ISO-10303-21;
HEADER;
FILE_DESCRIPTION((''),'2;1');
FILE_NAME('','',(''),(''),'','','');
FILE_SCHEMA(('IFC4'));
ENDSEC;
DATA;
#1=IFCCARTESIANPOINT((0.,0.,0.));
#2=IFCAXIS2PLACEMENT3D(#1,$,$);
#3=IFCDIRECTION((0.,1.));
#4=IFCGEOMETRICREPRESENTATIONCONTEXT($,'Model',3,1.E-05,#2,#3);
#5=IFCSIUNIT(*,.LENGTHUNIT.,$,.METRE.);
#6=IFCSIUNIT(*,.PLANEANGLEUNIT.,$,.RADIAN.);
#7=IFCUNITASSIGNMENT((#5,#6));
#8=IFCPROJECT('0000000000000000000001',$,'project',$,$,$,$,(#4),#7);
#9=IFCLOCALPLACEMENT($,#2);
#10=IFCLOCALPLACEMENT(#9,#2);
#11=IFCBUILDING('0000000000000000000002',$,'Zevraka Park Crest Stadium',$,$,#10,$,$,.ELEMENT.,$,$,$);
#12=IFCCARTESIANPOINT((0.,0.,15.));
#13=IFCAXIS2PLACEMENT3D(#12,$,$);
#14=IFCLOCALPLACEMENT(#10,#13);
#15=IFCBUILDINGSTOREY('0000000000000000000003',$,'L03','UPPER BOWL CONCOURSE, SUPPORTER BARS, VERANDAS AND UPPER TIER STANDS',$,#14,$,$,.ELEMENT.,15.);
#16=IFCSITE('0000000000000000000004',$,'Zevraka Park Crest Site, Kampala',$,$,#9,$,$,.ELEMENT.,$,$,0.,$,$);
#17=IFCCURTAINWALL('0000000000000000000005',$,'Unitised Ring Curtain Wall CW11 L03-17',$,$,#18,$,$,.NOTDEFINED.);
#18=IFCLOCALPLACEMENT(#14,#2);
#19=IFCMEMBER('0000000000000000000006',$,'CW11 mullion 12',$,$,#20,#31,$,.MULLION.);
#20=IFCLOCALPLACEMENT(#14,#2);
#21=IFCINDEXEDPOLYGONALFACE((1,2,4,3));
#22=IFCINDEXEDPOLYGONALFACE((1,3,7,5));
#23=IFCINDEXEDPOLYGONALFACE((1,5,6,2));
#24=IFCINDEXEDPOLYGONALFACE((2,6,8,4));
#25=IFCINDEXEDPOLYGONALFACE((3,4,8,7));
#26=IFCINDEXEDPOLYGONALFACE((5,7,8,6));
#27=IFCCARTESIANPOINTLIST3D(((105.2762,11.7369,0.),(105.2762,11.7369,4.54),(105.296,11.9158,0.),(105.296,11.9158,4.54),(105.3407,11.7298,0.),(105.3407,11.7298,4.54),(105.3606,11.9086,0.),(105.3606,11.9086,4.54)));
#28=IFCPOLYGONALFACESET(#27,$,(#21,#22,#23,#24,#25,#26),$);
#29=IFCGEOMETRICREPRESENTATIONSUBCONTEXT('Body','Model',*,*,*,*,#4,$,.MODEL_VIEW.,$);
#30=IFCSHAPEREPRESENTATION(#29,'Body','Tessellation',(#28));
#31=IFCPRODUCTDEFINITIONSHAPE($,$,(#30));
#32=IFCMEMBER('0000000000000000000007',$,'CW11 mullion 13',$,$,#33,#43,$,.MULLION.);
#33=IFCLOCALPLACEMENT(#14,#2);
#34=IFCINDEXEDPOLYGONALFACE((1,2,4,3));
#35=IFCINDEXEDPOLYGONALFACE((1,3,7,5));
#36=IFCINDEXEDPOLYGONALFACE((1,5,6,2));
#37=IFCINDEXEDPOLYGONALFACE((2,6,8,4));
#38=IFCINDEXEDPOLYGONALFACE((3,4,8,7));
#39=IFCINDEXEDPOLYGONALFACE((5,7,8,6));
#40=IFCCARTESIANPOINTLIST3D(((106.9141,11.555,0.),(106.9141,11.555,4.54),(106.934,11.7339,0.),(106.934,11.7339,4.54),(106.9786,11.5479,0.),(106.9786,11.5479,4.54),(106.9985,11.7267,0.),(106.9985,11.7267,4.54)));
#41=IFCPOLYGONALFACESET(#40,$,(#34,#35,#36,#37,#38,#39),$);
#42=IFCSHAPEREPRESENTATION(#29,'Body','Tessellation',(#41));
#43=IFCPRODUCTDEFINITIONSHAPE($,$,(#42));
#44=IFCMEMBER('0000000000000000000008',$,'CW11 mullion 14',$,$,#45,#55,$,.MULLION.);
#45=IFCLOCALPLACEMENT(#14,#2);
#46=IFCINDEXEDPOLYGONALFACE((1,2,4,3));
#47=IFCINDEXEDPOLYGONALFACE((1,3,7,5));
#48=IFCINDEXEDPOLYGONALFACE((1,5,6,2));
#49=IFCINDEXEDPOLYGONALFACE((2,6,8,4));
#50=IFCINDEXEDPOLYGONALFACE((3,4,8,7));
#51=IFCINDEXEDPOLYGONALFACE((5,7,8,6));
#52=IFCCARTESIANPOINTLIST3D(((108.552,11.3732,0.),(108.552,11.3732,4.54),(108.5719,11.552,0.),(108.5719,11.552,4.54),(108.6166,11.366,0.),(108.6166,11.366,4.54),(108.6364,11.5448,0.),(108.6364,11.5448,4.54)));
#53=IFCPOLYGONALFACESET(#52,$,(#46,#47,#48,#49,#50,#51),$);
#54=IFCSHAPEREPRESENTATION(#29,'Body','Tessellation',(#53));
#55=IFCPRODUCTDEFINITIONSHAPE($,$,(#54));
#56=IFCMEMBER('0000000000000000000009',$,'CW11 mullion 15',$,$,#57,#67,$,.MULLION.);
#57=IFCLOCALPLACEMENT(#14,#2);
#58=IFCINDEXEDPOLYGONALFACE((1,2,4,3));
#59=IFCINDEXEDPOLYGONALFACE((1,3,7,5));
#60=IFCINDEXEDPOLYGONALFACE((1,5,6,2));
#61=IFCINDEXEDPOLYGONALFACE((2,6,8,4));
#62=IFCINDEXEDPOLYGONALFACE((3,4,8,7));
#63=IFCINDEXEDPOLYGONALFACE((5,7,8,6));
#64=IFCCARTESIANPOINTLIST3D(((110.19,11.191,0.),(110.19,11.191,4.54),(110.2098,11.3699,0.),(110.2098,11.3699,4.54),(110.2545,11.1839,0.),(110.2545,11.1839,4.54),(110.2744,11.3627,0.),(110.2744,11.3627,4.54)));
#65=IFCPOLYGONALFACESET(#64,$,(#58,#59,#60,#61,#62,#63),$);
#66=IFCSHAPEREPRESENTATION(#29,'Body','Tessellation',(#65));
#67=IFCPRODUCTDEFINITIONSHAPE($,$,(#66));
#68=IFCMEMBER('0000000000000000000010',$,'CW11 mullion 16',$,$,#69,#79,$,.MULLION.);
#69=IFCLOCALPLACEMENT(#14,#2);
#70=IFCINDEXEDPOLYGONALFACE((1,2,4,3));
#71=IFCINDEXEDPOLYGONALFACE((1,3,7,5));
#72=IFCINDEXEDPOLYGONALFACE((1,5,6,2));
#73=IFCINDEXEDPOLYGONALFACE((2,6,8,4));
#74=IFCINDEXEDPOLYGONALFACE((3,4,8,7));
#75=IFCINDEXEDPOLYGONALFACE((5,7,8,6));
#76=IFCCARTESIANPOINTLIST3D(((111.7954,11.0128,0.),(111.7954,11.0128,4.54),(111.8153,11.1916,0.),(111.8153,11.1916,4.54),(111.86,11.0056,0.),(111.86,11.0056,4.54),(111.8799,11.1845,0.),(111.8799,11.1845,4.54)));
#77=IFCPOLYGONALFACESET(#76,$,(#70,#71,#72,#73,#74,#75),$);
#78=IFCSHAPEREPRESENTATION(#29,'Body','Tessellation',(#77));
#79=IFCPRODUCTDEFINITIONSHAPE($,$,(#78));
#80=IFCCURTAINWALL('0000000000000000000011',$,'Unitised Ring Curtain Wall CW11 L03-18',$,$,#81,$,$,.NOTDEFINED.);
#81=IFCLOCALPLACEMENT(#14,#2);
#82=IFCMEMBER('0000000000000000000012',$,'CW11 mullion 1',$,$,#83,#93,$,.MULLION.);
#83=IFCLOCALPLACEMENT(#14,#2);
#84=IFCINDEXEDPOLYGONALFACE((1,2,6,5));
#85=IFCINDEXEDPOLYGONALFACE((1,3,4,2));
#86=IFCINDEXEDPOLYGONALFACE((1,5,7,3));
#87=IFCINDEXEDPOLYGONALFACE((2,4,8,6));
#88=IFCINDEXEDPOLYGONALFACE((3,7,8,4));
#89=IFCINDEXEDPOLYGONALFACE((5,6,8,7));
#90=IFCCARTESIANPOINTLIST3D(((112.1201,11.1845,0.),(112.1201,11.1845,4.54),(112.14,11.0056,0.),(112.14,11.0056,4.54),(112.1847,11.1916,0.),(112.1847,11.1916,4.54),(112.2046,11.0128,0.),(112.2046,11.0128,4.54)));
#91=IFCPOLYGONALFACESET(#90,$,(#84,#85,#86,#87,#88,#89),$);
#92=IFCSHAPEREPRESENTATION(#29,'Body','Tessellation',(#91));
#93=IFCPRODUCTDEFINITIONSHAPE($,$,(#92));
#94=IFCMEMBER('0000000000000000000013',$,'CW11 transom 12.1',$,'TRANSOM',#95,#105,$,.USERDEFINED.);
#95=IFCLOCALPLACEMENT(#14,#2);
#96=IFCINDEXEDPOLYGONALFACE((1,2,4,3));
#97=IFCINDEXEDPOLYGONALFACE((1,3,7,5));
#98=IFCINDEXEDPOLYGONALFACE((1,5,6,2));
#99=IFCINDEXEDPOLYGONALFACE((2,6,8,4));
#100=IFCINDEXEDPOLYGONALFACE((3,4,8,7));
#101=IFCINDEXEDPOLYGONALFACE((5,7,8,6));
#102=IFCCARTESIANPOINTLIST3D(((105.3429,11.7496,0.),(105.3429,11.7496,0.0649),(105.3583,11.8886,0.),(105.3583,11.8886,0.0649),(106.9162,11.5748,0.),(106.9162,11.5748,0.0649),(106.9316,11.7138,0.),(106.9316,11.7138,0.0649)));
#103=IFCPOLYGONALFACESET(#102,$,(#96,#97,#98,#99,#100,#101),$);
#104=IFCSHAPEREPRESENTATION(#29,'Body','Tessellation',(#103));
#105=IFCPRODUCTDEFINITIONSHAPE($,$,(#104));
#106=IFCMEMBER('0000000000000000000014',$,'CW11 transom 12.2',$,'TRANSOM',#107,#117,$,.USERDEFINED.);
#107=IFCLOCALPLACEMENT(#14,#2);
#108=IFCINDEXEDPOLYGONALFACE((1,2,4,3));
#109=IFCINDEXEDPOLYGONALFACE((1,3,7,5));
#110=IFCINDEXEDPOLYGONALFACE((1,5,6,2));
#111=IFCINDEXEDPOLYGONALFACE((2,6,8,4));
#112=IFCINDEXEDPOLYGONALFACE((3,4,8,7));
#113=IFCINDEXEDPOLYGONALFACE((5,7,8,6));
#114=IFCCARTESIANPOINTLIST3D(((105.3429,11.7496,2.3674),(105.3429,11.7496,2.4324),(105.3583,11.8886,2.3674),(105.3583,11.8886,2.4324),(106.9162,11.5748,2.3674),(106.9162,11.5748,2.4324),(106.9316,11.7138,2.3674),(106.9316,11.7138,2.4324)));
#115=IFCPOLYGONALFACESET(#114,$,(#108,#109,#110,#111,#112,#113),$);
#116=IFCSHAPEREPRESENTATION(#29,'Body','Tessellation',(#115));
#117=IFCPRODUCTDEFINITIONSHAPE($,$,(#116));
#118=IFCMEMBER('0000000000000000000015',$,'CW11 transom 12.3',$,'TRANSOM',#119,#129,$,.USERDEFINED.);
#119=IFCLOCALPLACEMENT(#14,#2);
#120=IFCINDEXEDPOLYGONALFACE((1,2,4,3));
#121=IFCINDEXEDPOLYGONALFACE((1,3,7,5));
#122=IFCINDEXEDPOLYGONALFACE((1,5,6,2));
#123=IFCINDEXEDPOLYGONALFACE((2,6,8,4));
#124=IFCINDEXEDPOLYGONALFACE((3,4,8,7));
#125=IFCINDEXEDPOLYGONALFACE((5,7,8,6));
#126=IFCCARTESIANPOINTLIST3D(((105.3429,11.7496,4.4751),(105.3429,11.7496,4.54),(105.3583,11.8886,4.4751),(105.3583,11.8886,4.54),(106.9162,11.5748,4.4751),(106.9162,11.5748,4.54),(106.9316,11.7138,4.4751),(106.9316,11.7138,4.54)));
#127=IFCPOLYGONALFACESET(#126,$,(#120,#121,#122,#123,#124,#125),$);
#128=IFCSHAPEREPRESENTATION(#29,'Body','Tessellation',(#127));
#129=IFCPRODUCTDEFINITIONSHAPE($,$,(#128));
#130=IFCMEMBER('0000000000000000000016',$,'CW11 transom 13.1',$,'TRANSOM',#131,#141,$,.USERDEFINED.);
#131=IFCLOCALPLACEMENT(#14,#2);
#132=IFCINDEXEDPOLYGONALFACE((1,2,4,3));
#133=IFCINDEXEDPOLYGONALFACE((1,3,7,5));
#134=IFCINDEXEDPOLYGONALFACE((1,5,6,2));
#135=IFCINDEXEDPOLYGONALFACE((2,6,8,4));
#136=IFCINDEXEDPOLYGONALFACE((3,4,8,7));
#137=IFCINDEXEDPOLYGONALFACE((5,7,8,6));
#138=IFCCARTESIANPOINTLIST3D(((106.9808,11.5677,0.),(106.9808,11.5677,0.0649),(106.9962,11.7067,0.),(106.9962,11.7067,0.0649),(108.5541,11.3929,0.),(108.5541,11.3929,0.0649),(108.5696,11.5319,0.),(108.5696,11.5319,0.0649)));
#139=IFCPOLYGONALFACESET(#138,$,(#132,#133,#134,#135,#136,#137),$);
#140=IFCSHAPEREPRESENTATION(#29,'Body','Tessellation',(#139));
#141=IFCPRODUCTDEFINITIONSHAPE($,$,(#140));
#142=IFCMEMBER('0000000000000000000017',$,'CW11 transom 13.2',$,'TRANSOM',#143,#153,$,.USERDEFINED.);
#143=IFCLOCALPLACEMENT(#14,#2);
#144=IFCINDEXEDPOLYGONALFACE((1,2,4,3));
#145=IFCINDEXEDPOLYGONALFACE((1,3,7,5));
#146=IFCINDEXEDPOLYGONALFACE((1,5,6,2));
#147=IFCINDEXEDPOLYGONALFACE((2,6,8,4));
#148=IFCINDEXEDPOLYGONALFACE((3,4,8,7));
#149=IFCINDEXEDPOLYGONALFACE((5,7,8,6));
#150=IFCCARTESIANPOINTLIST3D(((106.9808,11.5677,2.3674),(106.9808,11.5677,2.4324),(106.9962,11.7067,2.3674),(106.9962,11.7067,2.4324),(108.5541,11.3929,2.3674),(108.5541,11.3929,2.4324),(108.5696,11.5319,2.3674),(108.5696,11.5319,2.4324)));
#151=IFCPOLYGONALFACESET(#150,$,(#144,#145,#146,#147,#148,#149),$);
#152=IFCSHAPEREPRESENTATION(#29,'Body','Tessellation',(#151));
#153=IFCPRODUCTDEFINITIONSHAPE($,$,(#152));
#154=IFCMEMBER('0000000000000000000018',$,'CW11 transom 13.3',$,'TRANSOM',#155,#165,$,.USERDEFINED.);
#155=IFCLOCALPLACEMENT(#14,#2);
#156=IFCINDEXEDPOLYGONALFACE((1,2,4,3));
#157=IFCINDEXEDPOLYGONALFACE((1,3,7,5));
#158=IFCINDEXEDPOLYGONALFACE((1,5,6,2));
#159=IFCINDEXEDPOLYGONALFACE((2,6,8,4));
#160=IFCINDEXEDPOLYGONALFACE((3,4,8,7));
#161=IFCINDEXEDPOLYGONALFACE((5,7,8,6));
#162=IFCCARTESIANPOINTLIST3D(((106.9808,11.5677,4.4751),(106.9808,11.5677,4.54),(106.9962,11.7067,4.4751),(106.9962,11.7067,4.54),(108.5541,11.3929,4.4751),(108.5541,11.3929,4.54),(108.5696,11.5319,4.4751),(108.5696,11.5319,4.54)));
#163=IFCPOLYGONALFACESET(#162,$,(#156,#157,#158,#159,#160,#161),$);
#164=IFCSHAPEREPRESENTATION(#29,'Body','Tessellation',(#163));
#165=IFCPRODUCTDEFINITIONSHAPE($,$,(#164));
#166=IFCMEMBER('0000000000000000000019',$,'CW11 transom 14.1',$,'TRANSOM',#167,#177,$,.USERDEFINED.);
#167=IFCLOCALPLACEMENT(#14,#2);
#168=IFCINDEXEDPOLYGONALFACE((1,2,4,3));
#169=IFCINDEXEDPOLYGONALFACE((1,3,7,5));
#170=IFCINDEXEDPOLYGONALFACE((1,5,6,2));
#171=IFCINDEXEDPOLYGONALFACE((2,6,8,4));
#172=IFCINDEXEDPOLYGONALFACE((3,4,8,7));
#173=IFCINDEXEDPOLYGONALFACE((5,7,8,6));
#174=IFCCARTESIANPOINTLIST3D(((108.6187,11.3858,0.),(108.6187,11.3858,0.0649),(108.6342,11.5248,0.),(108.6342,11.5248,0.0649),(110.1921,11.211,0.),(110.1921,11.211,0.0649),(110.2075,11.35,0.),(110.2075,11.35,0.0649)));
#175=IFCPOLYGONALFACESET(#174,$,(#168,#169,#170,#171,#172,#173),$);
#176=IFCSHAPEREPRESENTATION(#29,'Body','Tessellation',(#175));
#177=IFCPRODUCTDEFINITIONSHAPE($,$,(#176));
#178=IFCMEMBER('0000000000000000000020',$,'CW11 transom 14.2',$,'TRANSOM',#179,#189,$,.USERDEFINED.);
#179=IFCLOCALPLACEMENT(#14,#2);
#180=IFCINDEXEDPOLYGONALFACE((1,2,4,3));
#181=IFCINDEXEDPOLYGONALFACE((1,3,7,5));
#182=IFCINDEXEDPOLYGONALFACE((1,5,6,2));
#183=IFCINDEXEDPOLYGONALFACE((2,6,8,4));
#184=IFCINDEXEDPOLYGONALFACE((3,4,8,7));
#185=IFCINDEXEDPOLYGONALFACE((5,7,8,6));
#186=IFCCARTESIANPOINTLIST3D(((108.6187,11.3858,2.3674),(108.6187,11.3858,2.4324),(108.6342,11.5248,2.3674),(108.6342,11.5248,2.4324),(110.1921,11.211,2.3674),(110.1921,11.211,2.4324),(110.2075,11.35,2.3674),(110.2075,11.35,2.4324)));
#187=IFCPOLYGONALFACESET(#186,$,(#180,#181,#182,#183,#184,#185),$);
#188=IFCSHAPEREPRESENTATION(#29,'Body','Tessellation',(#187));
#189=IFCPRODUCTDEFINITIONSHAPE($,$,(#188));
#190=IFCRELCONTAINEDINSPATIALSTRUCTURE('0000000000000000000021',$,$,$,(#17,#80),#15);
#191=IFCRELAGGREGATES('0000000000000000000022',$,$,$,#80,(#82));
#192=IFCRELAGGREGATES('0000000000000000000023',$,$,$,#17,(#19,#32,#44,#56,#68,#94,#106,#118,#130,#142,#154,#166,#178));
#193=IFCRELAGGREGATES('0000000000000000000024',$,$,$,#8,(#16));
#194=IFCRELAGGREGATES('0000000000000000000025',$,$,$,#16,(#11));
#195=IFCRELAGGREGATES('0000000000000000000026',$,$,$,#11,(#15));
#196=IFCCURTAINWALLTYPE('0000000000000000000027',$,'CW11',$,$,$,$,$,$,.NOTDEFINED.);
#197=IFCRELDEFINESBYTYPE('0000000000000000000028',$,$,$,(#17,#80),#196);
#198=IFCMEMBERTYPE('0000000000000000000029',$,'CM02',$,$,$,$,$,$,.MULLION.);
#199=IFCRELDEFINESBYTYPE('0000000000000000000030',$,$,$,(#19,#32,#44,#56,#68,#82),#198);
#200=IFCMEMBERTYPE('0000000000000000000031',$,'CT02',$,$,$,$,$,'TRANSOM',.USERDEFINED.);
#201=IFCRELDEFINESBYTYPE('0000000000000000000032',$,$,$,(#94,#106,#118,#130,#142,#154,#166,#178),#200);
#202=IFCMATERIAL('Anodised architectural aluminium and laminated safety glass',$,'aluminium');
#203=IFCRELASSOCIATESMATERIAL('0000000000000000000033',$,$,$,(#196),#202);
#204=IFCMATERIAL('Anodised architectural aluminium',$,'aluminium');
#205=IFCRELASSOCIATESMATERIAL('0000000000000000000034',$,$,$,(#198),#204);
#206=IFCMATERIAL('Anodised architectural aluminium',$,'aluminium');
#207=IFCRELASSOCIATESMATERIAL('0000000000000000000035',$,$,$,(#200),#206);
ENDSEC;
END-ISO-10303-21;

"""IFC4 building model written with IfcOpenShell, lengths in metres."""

from ifc_helpers import new_model, si_unit, direction, frame, origin, origin_2d, place, context, subcontext, project, spatial, rectangle, extrude, material, material_profile, profile_set, type_object, element, aggregate, save


model = new_model("IFC4")

# Units and contexts
model_context = context("Model", 3, precision=1e-05, world=origin(), true_north=direction((0.0, 1.0)))
body_context = subcontext(model_context, "Body", "Model", "MODEL_VIEW")
ifc_project = project(units=[si_unit("LENGTHUNIT", "METRE"), si_unit("PLANEANGLEUNIT", "RADIAN")], contexts=[model_context])

# Site, building, storey
site_placement = place(None, origin())
site = spatial("IfcSite", under=ifc_project, at=site_placement, Name="Zevraka Park Crest Site, Kampala", CompositionType="ELEMENT", RefElevation=0.0)
building_placement = place(site_placement, origin())
building = spatial("IfcBuilding", under=site, at=building_placement, Name="Zevraka Park Crest Stadium", CompositionType="ELEMENT")
storey_placement = place(building_placement, frame((0.0, 0.0, 15.0)))
storey = spatial("IfcBuildingStorey", under=building, at=storey_placement, Name="L03", Description="UPPER BOWL CONCOURSE, SUPPORTER BARS, VERANDAS AND UPPER TIER STANDS", CompositionType="ELEMENT", Elevation=15.0)

# Curtain wall, members
ifc_material_1 = material(Name="Anodised architectural aluminium and laminated safety glass", Category="aluminium")
curtain_wall_type = type_object("IfcCurtainWallType", Name="CW11", PredefinedType="NOTDEFINED", material=ifc_material_1)
curtain_wall_1_placement = place(storey_placement, origin())
curtain_wall_1 = element("IfcCurtainWall", 1, at=curtain_wall_1_placement, inside=storey, type_object=curtain_wall_type, Name="Unitised Ring Curtain Wall CW11 L03-17", PredefinedType="NOTDEFINED")
ifc_material_2 = material(Name="Anodised architectural aluminium", Category="aluminium")
ifc_material_profile_1 = material_profile(ifc_material_2, rectangle(XDim=0.1799, YDim=0.0649, at=origin_2d()), Name="ALU MULLION 180x65")
ifc_profile_set_1 = profile_set([ifc_material_profile_1], Name="Anodised architectural aluminium")
member_type_1 = type_object("IfcMemberType", Name="CM02", PredefinedType="MULLION", material=ifc_profile_set_1)
member_1_placement = place(storey_placement, frame((105.3184, 11.8228, 0.0), z_axis=(0.0, 0.0, 1.0), x_axis=(0.110396, 0.993888, 0.0)))
member_1 = element("IfcMember", 2, at=member_1_placement, type_object=member_type_1, Name="CW11 mullion 12", PredefinedType="MULLION", context=body_context, shape_type="SweptSolid", body=[
    extrude(rectangle(XDim=0.1799, YDim=0.0649, at=origin_2d()), origin(), (0.0, 0.0, 1.0), 4.54),
])
member_2_placement = place(storey_placement, frame((106.9563, 11.6409, 0.0), z_axis=(0.0, 0.0, 1.0), x_axis=(0.110396, 0.993888, 0.0)))
member_2 = element("IfcMember", 3, at=member_2_placement, type_object=member_type_1, Name="CW11 mullion 13", PredefinedType="MULLION", context=body_context, shape_type="SweptSolid", body=[
    extrude(rectangle(XDim=0.1799, YDim=0.0649, at=origin_2d()), origin(), (0.0, 0.0, 1.0), 4.54),
])
member_3_placement = place(storey_placement, frame((108.5942, 11.459, 0.0), z_axis=(0.0, 0.0, 1.0), x_axis=(0.110396, 0.993888, 0.0)))
member_3 = element("IfcMember", 4, at=member_3_placement, type_object=member_type_1, Name="CW11 mullion 14", PredefinedType="MULLION", context=body_context, shape_type="SweptSolid", body=[
    extrude(rectangle(XDim=0.1799, YDim=0.0649, at=origin_2d()), origin(), (0.0, 0.0, 1.0), 4.54),
])
member_4_placement = place(storey_placement, frame((110.2322, 11.2769, 0.0), z_axis=(0.0, 0.0, 1.0), x_axis=(0.110396, 0.993888, 0.0)))
member_4 = element("IfcMember", 5, at=member_4_placement, type_object=member_type_1, Name="CW11 mullion 15", PredefinedType="MULLION", context=body_context, shape_type="SweptSolid", body=[
    extrude(rectangle(XDim=0.1799, YDim=0.0649, at=origin_2d()), origin(), (0.0, 0.0, 1.0), 4.54),
])
member_5_placement = place(storey_placement, frame((111.8376, 11.0986, 0.0), z_axis=(0.0, 0.0, 1.0), x_axis=(0.110396, 0.993888, 0.0)))
member_5 = element("IfcMember", 6, at=member_5_placement, type_object=member_type_1, Name="CW11 mullion 16", PredefinedType="MULLION", context=body_context, shape_type="SweptSolid", body=[
    extrude(rectangle(XDim=0.1799, YDim=0.0649, at=origin_2d()), origin(), (0.0, 0.0, 1.0), 4.54),
])

# Curtain wall, member
curtain_wall_2_placement = place(storey_placement, origin())
curtain_wall_2 = element("IfcCurtainWall", 7, at=curtain_wall_2_placement, inside=storey, type_object=curtain_wall_type, Name="Unitised Ring Curtain Wall CW11 L03-18", PredefinedType="NOTDEFINED")
member_6_placement = place(storey_placement, frame((112.1624, 11.0986, 0.0), z_axis=(0.0, 0.0, 1.0), x_axis=(-0.110396, 0.993888, 0.0)))
member_6 = element("IfcMember", 8, at=member_6_placement, type_object=member_type_1, Name="CW11 mullion 1", PredefinedType="MULLION", context=body_context, shape_type="SweptSolid", body=[
    extrude(rectangle(XDim=0.1799, YDim=0.0649, at=origin_2d()), origin(), (0.0, 0.0, 1.0), 4.54),
])
aggregate(curtain_wall_2, [member_6])

# Members
ifc_material_3 = material(Name="Anodised architectural aluminium", Category="aluminium")
ifc_material_profile_2 = material_profile(ifc_material_3, rectangle(XDim=0.1399, YDim=0.0649, at=origin_2d()), Name="ALU TRANSOM 140x65")
ifc_profile_set_2 = profile_set([ifc_material_profile_2], Name="Anodised architectural aluminium")
member_type_2 = type_object("IfcMemberType", Name="CT02", ElementType="TRANSOM", PredefinedType="USERDEFINED", material=ifc_profile_set_2)
member_7_placement = place(storey_placement, frame((105.3506, 11.8191, 0.0325), z_axis=(0.993884, -0.110432, 0.0), x_axis=(0.110432, 0.993884, 0.0)))
member_7 = element("IfcMember", 9, at=member_7_placement, type_object=member_type_2, Name="CW11 transom 12.1", ObjectType="TRANSOM", PredefinedType="USERDEFINED", context=body_context, shape_type="SweptSolid", body=[
    extrude(rectangle(XDim=0.1399, YDim=0.0649, at=origin_2d()), origin(), (0.0, 0.0, 1.0), 1.583),
])
member_8_placement = place(storey_placement, frame((105.3506, 11.8191, 2.3999), z_axis=(0.993884, -0.110432, 0.0), x_axis=(0.110432, 0.993884, 0.0)))
member_8 = element("IfcMember", 10, at=member_8_placement, type_object=member_type_2, Name="CW11 transom 12.2", ObjectType="TRANSOM", PredefinedType="USERDEFINED", context=body_context, shape_type="SweptSolid", body=[
    extrude(rectangle(XDim=0.1399, YDim=0.0649, at=origin_2d()), origin(), (0.0, 0.0, 1.0), 1.583),
])
member_9_placement = place(storey_placement, frame((105.3506, 11.8191, 4.5076), z_axis=(0.993884, -0.110432, 0.0), x_axis=(0.110432, 0.993884, 0.0)))
member_9 = element("IfcMember", 11, at=member_9_placement, type_object=member_type_2, Name="CW11 transom 12.3", ObjectType="TRANSOM", PredefinedType="USERDEFINED", context=body_context, shape_type="SweptSolid", body=[
    extrude(rectangle(XDim=0.1399, YDim=0.0649, at=origin_2d()), origin(), (0.0, 0.0, 1.0), 1.583),
])
member_10_placement = place(storey_placement, frame((106.9885, 11.6372, 0.0325), z_axis=(0.993884, -0.110432, 0.0), x_axis=(0.110432, 0.993884, 0.0)))
member_10 = element("IfcMember", 12, at=member_10_placement, type_object=member_type_2, Name="CW11 transom 13.1", ObjectType="TRANSOM", PredefinedType="USERDEFINED", context=body_context, shape_type="SweptSolid", body=[
    extrude(rectangle(XDim=0.1399, YDim=0.0649, at=origin_2d()), origin(), (0.0, 0.0, 1.0), 1.583),
])
member_11_placement = place(storey_placement, frame((106.9885, 11.6372, 2.3999), z_axis=(0.993884, -0.110432, 0.0), x_axis=(0.110432, 0.993884, 0.0)))
member_11 = element("IfcMember", 13, at=member_11_placement, type_object=member_type_2, Name="CW11 transom 13.2", ObjectType="TRANSOM", PredefinedType="USERDEFINED", context=body_context, shape_type="SweptSolid", body=[
    extrude(rectangle(XDim=0.1399, YDim=0.0649, at=origin_2d()), origin(), (0.0, 0.0, 1.0), 1.583),
])
member_12_placement = place(storey_placement, frame((106.9885, 11.6372, 4.5076), z_axis=(0.993884, -0.110432, 0.0), x_axis=(0.110432, 0.993884, 0.0)))
member_12 = element("IfcMember", 14, at=member_12_placement, type_object=member_type_2, Name="CW11 transom 13.3", ObjectType="TRANSOM", PredefinedType="USERDEFINED", context=body_context, shape_type="SweptSolid", body=[
    extrude(rectangle(XDim=0.1399, YDim=0.0649, at=origin_2d()), origin(), (0.0, 0.0, 1.0), 1.583),
])
member_13_placement = place(storey_placement, frame((108.6265, 11.4553, 0.0325), z_axis=(0.993884, -0.110432, 0.0), x_axis=(0.110432, 0.993884, 0.0)))
member_13 = element("IfcMember", 15, at=member_13_placement, type_object=member_type_2, Name="CW11 transom 14.1", ObjectType="TRANSOM", PredefinedType="USERDEFINED", context=body_context, shape_type="SweptSolid", body=[
    extrude(rectangle(XDim=0.1399, YDim=0.0649, at=origin_2d()), origin(), (0.0, 0.0, 1.0), 1.583),
])
member_14_placement = place(storey_placement, frame((108.6265, 11.4553, 2.3999), z_axis=(0.993884, -0.110432, 0.0), x_axis=(0.110432, 0.993884, 0.0)))
member_14 = element("IfcMember", 16, at=member_14_placement, type_object=member_type_2, Name="CW11 transom 14.2", ObjectType="TRANSOM", PredefinedType="USERDEFINED", context=body_context, shape_type="SweptSolid", body=[
    extrude(rectangle(XDim=0.1399, YDim=0.0649, at=origin_2d()), origin(), (0.0, 0.0, 1.0), 1.583),
])

aggregate(curtain_wall_1, [member_1, member_2, member_3, member_4, member_5, member_7, member_8, member_9, member_10, member_11, member_12, member_13, member_14])

save(model, "model.ifc")
